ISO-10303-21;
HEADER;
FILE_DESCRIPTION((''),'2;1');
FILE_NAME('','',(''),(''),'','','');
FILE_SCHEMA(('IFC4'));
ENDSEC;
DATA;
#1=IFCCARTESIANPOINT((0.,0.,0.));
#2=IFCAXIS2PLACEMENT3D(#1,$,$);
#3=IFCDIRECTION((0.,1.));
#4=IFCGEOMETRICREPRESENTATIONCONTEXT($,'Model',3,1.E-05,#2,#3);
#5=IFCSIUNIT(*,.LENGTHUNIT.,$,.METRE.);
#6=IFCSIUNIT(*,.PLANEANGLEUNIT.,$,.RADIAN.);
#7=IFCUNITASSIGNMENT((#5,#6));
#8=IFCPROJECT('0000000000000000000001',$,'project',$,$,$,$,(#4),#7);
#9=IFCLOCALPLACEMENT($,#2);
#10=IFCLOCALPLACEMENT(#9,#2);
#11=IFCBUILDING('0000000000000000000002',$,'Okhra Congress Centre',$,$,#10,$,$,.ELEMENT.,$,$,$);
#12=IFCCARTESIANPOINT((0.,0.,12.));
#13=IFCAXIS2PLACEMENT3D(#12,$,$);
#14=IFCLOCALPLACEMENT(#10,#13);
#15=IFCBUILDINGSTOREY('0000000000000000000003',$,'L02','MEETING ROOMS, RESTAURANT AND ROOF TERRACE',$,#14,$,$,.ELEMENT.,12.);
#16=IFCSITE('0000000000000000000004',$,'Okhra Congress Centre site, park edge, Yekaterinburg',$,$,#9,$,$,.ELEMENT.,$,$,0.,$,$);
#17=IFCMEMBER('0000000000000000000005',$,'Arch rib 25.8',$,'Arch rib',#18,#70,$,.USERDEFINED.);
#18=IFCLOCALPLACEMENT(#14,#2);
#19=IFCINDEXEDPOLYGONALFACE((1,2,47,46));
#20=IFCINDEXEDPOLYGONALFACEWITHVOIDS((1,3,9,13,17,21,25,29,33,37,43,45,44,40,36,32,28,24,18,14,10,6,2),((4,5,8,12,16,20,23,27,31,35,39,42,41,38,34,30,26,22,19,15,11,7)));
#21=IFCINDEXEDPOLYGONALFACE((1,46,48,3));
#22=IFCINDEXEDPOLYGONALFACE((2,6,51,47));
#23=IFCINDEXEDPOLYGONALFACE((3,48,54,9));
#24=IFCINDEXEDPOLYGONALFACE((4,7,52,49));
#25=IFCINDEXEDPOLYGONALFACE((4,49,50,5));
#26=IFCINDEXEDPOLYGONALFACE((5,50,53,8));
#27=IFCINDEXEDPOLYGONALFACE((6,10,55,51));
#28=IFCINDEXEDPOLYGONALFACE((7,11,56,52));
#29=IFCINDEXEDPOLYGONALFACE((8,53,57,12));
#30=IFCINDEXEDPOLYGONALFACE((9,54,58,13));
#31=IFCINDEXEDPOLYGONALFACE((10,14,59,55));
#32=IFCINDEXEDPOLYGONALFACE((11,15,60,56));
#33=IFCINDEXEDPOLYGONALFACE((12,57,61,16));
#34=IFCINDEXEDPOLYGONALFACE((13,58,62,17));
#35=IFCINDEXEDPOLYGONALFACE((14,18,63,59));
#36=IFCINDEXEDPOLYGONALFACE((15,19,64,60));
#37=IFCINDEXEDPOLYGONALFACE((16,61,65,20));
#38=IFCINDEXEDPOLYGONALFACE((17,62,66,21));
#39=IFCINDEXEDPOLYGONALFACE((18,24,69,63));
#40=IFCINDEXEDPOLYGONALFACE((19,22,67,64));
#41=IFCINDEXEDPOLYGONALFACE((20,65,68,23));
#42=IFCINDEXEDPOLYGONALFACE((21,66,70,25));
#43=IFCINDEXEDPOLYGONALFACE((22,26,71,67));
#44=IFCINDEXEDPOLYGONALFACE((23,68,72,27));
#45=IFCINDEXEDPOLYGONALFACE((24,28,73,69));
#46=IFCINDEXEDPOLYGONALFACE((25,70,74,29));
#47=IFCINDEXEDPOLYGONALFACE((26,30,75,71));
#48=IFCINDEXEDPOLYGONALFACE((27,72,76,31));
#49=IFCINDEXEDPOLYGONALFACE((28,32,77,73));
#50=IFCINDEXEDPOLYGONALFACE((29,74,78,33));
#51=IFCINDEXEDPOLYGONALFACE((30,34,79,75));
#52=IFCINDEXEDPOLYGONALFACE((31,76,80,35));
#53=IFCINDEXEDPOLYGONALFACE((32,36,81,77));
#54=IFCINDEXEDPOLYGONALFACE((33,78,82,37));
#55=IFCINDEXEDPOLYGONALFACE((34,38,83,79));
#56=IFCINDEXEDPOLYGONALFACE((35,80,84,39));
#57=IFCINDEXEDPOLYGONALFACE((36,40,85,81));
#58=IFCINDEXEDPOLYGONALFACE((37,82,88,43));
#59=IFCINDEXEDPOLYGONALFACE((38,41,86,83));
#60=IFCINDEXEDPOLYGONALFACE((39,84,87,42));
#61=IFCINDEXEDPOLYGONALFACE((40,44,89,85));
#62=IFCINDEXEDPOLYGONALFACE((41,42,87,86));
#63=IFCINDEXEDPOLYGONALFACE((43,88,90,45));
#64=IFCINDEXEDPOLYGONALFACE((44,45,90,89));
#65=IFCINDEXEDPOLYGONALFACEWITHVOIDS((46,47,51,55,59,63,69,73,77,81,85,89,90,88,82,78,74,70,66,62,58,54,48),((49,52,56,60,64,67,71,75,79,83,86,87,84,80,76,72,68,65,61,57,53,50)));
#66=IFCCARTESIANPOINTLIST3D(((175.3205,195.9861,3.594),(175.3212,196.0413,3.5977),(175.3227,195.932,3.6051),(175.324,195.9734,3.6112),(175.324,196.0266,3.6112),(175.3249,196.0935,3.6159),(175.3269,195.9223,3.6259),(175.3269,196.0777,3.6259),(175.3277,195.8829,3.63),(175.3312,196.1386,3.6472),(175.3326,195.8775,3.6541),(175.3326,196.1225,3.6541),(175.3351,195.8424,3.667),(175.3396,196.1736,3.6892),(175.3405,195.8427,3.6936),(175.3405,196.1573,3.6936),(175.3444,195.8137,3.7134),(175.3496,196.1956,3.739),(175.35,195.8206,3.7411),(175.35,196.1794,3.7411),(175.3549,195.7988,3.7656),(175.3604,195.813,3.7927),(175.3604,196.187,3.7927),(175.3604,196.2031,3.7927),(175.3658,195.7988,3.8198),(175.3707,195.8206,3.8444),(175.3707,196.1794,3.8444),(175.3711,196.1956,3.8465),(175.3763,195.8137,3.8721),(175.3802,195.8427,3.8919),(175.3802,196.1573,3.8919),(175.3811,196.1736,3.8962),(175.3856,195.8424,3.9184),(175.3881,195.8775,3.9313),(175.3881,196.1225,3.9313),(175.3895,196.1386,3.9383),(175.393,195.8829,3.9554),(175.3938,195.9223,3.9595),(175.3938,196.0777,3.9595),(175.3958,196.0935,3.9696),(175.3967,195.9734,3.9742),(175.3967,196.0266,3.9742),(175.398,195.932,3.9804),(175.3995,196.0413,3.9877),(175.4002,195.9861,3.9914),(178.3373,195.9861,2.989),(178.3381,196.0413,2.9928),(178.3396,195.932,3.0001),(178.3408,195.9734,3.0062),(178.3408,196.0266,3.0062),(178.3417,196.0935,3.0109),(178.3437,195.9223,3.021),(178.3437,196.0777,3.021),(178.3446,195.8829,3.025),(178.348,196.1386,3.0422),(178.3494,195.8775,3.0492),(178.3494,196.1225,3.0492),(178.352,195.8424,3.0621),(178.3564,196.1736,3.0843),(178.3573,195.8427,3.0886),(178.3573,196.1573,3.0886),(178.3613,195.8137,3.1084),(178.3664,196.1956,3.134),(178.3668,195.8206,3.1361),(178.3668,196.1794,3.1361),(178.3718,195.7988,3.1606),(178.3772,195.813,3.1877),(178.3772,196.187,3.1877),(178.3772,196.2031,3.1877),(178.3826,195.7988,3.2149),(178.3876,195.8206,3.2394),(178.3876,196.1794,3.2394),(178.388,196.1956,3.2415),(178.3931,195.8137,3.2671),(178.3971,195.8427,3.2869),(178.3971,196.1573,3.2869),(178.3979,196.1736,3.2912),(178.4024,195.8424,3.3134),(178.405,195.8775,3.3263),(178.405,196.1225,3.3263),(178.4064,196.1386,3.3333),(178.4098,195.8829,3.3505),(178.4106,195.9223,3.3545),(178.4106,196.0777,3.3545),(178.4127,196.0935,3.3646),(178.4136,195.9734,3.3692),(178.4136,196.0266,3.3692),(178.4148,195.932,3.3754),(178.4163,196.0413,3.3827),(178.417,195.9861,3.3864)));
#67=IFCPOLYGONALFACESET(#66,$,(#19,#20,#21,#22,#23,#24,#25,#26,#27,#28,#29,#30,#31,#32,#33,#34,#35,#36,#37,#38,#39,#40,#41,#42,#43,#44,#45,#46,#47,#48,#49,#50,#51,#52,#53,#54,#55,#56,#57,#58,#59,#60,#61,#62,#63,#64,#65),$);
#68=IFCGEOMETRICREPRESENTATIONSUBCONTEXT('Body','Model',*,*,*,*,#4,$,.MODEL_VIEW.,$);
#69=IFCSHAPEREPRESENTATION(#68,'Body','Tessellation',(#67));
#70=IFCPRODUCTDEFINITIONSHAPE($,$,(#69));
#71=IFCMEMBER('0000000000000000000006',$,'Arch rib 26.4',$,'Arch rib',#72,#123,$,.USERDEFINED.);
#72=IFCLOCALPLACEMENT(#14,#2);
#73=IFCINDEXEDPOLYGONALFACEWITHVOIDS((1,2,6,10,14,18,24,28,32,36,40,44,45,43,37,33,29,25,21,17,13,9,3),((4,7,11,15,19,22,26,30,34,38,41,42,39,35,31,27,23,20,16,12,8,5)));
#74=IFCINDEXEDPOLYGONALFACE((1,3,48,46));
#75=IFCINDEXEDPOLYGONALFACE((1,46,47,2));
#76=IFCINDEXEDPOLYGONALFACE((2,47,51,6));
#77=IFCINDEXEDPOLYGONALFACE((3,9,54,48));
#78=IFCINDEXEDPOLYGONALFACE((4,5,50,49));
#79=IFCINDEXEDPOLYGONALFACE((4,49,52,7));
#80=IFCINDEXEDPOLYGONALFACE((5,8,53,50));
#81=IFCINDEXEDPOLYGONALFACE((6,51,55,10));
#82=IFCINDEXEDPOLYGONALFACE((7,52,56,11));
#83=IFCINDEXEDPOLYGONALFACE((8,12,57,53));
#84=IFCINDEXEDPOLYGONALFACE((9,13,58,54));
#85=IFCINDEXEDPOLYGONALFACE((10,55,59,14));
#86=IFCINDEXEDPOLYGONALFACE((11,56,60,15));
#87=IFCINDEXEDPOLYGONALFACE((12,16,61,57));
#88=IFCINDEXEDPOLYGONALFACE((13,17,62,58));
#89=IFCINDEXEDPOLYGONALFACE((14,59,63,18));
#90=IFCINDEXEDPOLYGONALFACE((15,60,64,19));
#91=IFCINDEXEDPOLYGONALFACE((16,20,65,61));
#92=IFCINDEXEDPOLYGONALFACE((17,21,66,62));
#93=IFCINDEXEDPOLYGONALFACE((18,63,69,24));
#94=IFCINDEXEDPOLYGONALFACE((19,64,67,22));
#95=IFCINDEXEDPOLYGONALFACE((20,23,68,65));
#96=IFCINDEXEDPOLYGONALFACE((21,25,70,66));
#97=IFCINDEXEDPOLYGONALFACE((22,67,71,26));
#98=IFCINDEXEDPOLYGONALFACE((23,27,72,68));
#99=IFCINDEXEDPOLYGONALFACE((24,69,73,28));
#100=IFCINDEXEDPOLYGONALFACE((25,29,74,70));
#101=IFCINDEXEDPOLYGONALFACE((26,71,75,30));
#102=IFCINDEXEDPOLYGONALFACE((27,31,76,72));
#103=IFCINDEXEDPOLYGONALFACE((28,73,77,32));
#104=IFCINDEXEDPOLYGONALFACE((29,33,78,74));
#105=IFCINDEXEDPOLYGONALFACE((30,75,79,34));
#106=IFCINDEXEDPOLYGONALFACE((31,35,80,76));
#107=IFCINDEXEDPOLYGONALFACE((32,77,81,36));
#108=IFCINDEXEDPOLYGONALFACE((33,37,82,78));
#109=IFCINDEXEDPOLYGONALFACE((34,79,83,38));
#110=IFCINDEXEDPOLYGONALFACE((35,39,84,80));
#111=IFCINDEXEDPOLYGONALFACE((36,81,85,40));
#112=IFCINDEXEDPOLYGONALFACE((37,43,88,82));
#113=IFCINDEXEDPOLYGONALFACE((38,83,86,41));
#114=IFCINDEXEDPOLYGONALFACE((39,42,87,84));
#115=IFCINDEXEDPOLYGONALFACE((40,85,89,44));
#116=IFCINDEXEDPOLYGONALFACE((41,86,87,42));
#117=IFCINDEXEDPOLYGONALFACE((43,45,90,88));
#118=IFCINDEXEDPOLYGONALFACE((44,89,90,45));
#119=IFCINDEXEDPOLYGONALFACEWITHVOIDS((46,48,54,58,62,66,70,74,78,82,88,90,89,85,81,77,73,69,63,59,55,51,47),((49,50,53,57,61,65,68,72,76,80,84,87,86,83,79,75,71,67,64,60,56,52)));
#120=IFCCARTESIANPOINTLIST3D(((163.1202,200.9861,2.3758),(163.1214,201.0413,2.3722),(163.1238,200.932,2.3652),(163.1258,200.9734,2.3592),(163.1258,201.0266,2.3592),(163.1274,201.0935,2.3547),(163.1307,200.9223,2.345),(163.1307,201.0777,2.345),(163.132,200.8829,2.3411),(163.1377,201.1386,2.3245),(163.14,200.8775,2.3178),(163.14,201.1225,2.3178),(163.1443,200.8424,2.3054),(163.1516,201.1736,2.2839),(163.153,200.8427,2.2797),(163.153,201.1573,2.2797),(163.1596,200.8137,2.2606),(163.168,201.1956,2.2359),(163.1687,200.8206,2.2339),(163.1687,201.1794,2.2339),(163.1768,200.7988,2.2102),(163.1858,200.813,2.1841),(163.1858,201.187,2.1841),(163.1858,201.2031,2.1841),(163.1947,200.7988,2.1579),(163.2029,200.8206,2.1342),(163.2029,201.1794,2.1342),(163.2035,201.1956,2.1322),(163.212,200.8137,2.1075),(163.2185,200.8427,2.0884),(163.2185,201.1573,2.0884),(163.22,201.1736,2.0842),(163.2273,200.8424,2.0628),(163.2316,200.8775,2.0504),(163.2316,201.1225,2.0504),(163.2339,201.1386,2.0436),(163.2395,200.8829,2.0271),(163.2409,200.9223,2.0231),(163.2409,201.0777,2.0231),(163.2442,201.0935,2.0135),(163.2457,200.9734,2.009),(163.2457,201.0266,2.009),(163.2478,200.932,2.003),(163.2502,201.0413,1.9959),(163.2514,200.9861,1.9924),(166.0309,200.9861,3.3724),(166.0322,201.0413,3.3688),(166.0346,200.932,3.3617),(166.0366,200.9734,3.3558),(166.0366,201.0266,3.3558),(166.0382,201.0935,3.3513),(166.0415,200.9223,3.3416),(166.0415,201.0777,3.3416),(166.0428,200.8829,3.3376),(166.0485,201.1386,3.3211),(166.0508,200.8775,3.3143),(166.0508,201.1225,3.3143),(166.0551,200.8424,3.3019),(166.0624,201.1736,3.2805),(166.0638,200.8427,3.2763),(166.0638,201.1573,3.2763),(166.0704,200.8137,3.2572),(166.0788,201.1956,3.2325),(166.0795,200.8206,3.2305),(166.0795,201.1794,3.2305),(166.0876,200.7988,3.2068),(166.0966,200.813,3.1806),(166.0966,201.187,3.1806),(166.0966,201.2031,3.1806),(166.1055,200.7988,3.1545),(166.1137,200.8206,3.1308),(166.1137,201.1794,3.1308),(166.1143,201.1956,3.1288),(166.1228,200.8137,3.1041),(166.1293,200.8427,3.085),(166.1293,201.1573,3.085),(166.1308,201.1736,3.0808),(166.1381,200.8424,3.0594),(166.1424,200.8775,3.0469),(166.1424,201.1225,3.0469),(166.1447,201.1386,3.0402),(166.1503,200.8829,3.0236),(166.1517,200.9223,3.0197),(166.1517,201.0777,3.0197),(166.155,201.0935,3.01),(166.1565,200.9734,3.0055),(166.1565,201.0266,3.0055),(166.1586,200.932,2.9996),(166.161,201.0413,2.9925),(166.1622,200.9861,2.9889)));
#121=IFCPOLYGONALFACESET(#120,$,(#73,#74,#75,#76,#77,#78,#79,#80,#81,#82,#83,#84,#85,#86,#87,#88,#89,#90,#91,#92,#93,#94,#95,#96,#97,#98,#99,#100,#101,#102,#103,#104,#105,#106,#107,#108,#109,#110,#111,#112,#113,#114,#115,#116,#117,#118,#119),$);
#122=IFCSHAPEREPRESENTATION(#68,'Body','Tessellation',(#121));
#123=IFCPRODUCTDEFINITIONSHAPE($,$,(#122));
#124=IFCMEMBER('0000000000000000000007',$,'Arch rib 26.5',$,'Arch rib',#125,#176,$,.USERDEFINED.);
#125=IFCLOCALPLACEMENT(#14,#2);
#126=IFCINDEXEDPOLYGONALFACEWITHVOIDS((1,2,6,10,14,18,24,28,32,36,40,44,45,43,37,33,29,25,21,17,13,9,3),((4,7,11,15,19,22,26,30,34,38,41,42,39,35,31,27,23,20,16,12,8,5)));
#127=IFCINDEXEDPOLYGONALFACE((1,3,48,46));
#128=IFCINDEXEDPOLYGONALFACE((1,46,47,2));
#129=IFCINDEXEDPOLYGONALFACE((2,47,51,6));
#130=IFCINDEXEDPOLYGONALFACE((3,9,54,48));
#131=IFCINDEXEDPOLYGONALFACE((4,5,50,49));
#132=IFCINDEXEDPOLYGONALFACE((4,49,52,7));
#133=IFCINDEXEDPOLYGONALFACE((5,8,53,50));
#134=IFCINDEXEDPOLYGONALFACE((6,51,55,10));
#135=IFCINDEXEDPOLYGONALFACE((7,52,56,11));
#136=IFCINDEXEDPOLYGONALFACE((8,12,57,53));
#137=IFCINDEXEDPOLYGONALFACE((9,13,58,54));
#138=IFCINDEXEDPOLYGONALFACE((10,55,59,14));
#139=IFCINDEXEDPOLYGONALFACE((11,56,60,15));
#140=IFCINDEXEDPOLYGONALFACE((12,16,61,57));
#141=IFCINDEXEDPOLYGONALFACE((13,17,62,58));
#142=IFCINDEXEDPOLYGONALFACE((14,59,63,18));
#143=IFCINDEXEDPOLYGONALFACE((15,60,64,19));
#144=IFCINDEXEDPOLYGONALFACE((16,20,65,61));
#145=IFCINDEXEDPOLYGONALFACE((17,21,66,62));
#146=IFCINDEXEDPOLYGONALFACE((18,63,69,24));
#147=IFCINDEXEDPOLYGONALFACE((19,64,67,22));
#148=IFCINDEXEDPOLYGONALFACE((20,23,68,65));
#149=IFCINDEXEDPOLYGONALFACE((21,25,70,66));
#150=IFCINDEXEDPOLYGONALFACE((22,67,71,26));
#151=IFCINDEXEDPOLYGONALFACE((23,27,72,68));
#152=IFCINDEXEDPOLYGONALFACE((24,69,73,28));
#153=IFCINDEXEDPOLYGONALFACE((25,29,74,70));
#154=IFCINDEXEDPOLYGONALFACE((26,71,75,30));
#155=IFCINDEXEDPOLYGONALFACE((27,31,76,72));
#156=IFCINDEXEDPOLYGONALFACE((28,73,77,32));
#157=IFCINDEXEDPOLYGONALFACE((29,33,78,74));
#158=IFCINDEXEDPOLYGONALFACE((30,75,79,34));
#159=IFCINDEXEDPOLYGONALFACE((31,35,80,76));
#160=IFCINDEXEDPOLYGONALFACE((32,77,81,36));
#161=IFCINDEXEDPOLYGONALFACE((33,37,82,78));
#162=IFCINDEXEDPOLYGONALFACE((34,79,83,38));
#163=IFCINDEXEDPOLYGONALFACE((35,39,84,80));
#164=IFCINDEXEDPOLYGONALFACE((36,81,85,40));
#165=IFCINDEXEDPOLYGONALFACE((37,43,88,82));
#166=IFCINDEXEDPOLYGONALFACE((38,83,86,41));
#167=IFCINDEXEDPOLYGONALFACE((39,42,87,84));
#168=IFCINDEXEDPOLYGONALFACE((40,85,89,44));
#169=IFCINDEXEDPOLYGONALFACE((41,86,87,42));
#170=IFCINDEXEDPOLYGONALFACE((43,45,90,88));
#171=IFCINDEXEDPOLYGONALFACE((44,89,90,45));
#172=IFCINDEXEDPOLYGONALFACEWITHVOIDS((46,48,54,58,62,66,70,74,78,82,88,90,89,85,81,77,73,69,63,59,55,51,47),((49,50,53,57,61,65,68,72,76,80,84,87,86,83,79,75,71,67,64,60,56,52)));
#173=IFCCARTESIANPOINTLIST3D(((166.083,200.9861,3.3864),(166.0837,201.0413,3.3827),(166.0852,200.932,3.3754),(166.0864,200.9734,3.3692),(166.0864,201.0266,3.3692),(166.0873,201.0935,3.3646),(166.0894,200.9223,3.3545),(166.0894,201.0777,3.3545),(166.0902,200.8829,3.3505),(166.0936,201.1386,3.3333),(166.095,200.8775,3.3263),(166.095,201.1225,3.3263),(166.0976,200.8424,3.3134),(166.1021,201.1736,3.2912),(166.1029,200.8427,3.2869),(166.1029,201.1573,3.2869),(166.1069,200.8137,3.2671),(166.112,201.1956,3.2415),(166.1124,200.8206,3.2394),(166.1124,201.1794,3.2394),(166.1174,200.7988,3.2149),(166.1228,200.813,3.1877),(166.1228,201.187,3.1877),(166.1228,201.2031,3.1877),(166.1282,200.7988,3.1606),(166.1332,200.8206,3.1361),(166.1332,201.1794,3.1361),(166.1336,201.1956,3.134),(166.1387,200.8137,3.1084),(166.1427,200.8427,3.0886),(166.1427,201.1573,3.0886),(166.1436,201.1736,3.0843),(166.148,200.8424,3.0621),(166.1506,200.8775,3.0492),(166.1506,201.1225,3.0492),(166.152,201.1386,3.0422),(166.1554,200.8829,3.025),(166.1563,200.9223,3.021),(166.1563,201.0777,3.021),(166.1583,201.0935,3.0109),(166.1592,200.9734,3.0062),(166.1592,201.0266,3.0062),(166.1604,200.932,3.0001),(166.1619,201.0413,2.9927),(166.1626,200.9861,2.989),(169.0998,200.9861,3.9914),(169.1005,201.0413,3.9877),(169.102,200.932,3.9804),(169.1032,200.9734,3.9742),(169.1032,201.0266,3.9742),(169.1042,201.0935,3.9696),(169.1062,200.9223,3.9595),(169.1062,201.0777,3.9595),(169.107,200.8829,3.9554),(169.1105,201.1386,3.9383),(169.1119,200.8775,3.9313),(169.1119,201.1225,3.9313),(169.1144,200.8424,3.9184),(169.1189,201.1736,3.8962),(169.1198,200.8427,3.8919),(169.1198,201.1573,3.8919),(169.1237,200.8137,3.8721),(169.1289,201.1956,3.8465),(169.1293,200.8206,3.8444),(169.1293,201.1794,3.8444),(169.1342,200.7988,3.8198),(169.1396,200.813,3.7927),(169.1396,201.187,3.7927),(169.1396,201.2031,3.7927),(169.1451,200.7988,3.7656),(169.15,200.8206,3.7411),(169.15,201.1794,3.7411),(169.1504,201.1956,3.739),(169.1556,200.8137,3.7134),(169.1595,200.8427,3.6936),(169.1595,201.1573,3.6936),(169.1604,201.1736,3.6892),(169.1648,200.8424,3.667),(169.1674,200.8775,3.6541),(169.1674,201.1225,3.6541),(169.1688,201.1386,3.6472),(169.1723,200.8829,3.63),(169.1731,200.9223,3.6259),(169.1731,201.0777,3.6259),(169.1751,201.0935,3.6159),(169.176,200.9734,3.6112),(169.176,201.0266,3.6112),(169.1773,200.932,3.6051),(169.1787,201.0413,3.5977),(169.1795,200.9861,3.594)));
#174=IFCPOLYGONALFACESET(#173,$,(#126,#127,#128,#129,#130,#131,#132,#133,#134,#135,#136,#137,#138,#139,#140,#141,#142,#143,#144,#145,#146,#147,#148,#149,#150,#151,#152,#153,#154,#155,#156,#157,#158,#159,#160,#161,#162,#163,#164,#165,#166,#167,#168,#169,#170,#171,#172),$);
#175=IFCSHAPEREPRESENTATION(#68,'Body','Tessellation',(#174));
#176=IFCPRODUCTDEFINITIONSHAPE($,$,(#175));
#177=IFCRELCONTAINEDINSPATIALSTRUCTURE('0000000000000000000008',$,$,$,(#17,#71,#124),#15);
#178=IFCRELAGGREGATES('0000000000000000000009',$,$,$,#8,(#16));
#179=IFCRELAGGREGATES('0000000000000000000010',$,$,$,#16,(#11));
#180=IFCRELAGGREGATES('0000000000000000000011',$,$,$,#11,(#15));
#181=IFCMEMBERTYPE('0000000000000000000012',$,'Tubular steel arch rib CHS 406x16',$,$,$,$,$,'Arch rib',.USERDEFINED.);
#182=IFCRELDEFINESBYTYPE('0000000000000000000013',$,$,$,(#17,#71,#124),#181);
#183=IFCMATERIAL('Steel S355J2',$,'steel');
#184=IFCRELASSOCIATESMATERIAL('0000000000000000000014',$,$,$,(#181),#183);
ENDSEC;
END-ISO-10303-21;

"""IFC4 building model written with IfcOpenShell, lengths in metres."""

from ifc_helpers import new_model, si_unit, direction, frame, origin, origin_2d, place, context, subcontext, project, spatial, hollow_circle, extrude, material, material_profile, profile_set, type_object, element, save


model = new_model("IFC4")

# Units and contexts
model_context = context("Model", 3, precision=1e-05, world=origin(), true_north=direction((0.0, 1.0)))
body_context = subcontext(model_context, "Body", "Model", "MODEL_VIEW")
ifc_project = project(units=[si_unit("LENGTHUNIT", "METRE"), si_unit("PLANEANGLEUNIT", "RADIAN")], contexts=[model_context])

# Site, building, storey
site_placement = place(None, origin())
site = spatial("IfcSite", under=ifc_project, at=site_placement, Name="Okhra Congress Centre site, park edge, Yekaterinburg", CompositionType="ELEMENT", RefElevation=0.0)
building_placement = place(site_placement, origin())
building = spatial("IfcBuilding", under=site, at=building_placement, Name="Okhra Congress Centre", CompositionType="ELEMENT")
storey_placement = place(building_placement, frame((0.0, 0.0, 12.0)))
storey = spatial("IfcBuildingStorey", under=building, at=storey_placement, Name="L02", Description="MEETING ROOMS, RESTAURANT AND ROOF TERRACE", CompositionType="ELEMENT", Elevation=12.0)

# Members
ifc_material_1 = material(Name="Steel S355J2", Category="steel")
ifc_material_profile_1 = material_profile(ifc_material_1, hollow_circle(Radius=0.2031, WallThickness=0.0161, at=origin_2d()), Name="CHS 406.4x16")
ifc_profile_set_1 = profile_set([ifc_material_profile_1], Name="Steel S355J2")
member_type_1 = type_object("IfcMemberType", Name="Tubular steel arch rib CHS 406x16", ElementType="Arch rib", PredefinedType="USERDEFINED", material=ifc_profile_set_1)
for number, where, z_axis, x_axis, name in (
    (1, (175.3604, 196.0, 3.7927), (0.98048, 0.0, -0.19662), (0.0, 1.0, 0.0), "Arch rib 25.8"),
):
    element("IfcMember", number, at=place(storey_placement, frame(where, z_axis=z_axis, x_axis=x_axis)), inside=storey, type_object=member_type_1, Name=name, ObjectType="Arch rib", PredefinedType="USERDEFINED", context=body_context, shape_type="SweptSolid", body=[
        extrude(hollow_circle(Radius=0.2031, WallThickness=0.0161, at=origin_2d()), origin(), (0.0, 0.0, 1.0), 3.0769),
    ])
member_1_placement = place(storey_placement, frame((163.1858, 201.0, 2.1841), z_axis=(0.946089, 0.0, 0.323906), x_axis=(0.0, 1.0, 0.0)))
element("IfcMember", 2, at=member_1_placement, inside=storey, type_object=member_type_1, Name="Arch rib 26.4", ObjectType="Arch rib", PredefinedType="USERDEFINED", context=body_context, shape_type="SweptSolid", body=[
    extrude(hollow_circle(Radius=0.2031, WallThickness=0.0161, at=origin_2d()), origin(), (0.0, 0.0, 1.0), 3.0767),
])
for number, where, z_axis, x_axis, name in (
    (3, (166.1228, 201.0, 3.1877), (0.98048, 0.0, 0.19662), (0.0, 1.0, 0.0), "Arch rib 26.5"),
):
    element("IfcMember", number, at=place(storey_placement, frame(where, z_axis=z_axis, x_axis=x_axis)), inside=storey, type_object=member_type_1, Name=name, ObjectType="Arch rib", PredefinedType="USERDEFINED", context=body_context, shape_type="SweptSolid", body=[
        extrude(hollow_circle(Radius=0.2031, WallThickness=0.0161, at=origin_2d()), origin(), (0.0, 0.0, 1.0), 3.0769),
    ])

save(model, "model.ifc")
